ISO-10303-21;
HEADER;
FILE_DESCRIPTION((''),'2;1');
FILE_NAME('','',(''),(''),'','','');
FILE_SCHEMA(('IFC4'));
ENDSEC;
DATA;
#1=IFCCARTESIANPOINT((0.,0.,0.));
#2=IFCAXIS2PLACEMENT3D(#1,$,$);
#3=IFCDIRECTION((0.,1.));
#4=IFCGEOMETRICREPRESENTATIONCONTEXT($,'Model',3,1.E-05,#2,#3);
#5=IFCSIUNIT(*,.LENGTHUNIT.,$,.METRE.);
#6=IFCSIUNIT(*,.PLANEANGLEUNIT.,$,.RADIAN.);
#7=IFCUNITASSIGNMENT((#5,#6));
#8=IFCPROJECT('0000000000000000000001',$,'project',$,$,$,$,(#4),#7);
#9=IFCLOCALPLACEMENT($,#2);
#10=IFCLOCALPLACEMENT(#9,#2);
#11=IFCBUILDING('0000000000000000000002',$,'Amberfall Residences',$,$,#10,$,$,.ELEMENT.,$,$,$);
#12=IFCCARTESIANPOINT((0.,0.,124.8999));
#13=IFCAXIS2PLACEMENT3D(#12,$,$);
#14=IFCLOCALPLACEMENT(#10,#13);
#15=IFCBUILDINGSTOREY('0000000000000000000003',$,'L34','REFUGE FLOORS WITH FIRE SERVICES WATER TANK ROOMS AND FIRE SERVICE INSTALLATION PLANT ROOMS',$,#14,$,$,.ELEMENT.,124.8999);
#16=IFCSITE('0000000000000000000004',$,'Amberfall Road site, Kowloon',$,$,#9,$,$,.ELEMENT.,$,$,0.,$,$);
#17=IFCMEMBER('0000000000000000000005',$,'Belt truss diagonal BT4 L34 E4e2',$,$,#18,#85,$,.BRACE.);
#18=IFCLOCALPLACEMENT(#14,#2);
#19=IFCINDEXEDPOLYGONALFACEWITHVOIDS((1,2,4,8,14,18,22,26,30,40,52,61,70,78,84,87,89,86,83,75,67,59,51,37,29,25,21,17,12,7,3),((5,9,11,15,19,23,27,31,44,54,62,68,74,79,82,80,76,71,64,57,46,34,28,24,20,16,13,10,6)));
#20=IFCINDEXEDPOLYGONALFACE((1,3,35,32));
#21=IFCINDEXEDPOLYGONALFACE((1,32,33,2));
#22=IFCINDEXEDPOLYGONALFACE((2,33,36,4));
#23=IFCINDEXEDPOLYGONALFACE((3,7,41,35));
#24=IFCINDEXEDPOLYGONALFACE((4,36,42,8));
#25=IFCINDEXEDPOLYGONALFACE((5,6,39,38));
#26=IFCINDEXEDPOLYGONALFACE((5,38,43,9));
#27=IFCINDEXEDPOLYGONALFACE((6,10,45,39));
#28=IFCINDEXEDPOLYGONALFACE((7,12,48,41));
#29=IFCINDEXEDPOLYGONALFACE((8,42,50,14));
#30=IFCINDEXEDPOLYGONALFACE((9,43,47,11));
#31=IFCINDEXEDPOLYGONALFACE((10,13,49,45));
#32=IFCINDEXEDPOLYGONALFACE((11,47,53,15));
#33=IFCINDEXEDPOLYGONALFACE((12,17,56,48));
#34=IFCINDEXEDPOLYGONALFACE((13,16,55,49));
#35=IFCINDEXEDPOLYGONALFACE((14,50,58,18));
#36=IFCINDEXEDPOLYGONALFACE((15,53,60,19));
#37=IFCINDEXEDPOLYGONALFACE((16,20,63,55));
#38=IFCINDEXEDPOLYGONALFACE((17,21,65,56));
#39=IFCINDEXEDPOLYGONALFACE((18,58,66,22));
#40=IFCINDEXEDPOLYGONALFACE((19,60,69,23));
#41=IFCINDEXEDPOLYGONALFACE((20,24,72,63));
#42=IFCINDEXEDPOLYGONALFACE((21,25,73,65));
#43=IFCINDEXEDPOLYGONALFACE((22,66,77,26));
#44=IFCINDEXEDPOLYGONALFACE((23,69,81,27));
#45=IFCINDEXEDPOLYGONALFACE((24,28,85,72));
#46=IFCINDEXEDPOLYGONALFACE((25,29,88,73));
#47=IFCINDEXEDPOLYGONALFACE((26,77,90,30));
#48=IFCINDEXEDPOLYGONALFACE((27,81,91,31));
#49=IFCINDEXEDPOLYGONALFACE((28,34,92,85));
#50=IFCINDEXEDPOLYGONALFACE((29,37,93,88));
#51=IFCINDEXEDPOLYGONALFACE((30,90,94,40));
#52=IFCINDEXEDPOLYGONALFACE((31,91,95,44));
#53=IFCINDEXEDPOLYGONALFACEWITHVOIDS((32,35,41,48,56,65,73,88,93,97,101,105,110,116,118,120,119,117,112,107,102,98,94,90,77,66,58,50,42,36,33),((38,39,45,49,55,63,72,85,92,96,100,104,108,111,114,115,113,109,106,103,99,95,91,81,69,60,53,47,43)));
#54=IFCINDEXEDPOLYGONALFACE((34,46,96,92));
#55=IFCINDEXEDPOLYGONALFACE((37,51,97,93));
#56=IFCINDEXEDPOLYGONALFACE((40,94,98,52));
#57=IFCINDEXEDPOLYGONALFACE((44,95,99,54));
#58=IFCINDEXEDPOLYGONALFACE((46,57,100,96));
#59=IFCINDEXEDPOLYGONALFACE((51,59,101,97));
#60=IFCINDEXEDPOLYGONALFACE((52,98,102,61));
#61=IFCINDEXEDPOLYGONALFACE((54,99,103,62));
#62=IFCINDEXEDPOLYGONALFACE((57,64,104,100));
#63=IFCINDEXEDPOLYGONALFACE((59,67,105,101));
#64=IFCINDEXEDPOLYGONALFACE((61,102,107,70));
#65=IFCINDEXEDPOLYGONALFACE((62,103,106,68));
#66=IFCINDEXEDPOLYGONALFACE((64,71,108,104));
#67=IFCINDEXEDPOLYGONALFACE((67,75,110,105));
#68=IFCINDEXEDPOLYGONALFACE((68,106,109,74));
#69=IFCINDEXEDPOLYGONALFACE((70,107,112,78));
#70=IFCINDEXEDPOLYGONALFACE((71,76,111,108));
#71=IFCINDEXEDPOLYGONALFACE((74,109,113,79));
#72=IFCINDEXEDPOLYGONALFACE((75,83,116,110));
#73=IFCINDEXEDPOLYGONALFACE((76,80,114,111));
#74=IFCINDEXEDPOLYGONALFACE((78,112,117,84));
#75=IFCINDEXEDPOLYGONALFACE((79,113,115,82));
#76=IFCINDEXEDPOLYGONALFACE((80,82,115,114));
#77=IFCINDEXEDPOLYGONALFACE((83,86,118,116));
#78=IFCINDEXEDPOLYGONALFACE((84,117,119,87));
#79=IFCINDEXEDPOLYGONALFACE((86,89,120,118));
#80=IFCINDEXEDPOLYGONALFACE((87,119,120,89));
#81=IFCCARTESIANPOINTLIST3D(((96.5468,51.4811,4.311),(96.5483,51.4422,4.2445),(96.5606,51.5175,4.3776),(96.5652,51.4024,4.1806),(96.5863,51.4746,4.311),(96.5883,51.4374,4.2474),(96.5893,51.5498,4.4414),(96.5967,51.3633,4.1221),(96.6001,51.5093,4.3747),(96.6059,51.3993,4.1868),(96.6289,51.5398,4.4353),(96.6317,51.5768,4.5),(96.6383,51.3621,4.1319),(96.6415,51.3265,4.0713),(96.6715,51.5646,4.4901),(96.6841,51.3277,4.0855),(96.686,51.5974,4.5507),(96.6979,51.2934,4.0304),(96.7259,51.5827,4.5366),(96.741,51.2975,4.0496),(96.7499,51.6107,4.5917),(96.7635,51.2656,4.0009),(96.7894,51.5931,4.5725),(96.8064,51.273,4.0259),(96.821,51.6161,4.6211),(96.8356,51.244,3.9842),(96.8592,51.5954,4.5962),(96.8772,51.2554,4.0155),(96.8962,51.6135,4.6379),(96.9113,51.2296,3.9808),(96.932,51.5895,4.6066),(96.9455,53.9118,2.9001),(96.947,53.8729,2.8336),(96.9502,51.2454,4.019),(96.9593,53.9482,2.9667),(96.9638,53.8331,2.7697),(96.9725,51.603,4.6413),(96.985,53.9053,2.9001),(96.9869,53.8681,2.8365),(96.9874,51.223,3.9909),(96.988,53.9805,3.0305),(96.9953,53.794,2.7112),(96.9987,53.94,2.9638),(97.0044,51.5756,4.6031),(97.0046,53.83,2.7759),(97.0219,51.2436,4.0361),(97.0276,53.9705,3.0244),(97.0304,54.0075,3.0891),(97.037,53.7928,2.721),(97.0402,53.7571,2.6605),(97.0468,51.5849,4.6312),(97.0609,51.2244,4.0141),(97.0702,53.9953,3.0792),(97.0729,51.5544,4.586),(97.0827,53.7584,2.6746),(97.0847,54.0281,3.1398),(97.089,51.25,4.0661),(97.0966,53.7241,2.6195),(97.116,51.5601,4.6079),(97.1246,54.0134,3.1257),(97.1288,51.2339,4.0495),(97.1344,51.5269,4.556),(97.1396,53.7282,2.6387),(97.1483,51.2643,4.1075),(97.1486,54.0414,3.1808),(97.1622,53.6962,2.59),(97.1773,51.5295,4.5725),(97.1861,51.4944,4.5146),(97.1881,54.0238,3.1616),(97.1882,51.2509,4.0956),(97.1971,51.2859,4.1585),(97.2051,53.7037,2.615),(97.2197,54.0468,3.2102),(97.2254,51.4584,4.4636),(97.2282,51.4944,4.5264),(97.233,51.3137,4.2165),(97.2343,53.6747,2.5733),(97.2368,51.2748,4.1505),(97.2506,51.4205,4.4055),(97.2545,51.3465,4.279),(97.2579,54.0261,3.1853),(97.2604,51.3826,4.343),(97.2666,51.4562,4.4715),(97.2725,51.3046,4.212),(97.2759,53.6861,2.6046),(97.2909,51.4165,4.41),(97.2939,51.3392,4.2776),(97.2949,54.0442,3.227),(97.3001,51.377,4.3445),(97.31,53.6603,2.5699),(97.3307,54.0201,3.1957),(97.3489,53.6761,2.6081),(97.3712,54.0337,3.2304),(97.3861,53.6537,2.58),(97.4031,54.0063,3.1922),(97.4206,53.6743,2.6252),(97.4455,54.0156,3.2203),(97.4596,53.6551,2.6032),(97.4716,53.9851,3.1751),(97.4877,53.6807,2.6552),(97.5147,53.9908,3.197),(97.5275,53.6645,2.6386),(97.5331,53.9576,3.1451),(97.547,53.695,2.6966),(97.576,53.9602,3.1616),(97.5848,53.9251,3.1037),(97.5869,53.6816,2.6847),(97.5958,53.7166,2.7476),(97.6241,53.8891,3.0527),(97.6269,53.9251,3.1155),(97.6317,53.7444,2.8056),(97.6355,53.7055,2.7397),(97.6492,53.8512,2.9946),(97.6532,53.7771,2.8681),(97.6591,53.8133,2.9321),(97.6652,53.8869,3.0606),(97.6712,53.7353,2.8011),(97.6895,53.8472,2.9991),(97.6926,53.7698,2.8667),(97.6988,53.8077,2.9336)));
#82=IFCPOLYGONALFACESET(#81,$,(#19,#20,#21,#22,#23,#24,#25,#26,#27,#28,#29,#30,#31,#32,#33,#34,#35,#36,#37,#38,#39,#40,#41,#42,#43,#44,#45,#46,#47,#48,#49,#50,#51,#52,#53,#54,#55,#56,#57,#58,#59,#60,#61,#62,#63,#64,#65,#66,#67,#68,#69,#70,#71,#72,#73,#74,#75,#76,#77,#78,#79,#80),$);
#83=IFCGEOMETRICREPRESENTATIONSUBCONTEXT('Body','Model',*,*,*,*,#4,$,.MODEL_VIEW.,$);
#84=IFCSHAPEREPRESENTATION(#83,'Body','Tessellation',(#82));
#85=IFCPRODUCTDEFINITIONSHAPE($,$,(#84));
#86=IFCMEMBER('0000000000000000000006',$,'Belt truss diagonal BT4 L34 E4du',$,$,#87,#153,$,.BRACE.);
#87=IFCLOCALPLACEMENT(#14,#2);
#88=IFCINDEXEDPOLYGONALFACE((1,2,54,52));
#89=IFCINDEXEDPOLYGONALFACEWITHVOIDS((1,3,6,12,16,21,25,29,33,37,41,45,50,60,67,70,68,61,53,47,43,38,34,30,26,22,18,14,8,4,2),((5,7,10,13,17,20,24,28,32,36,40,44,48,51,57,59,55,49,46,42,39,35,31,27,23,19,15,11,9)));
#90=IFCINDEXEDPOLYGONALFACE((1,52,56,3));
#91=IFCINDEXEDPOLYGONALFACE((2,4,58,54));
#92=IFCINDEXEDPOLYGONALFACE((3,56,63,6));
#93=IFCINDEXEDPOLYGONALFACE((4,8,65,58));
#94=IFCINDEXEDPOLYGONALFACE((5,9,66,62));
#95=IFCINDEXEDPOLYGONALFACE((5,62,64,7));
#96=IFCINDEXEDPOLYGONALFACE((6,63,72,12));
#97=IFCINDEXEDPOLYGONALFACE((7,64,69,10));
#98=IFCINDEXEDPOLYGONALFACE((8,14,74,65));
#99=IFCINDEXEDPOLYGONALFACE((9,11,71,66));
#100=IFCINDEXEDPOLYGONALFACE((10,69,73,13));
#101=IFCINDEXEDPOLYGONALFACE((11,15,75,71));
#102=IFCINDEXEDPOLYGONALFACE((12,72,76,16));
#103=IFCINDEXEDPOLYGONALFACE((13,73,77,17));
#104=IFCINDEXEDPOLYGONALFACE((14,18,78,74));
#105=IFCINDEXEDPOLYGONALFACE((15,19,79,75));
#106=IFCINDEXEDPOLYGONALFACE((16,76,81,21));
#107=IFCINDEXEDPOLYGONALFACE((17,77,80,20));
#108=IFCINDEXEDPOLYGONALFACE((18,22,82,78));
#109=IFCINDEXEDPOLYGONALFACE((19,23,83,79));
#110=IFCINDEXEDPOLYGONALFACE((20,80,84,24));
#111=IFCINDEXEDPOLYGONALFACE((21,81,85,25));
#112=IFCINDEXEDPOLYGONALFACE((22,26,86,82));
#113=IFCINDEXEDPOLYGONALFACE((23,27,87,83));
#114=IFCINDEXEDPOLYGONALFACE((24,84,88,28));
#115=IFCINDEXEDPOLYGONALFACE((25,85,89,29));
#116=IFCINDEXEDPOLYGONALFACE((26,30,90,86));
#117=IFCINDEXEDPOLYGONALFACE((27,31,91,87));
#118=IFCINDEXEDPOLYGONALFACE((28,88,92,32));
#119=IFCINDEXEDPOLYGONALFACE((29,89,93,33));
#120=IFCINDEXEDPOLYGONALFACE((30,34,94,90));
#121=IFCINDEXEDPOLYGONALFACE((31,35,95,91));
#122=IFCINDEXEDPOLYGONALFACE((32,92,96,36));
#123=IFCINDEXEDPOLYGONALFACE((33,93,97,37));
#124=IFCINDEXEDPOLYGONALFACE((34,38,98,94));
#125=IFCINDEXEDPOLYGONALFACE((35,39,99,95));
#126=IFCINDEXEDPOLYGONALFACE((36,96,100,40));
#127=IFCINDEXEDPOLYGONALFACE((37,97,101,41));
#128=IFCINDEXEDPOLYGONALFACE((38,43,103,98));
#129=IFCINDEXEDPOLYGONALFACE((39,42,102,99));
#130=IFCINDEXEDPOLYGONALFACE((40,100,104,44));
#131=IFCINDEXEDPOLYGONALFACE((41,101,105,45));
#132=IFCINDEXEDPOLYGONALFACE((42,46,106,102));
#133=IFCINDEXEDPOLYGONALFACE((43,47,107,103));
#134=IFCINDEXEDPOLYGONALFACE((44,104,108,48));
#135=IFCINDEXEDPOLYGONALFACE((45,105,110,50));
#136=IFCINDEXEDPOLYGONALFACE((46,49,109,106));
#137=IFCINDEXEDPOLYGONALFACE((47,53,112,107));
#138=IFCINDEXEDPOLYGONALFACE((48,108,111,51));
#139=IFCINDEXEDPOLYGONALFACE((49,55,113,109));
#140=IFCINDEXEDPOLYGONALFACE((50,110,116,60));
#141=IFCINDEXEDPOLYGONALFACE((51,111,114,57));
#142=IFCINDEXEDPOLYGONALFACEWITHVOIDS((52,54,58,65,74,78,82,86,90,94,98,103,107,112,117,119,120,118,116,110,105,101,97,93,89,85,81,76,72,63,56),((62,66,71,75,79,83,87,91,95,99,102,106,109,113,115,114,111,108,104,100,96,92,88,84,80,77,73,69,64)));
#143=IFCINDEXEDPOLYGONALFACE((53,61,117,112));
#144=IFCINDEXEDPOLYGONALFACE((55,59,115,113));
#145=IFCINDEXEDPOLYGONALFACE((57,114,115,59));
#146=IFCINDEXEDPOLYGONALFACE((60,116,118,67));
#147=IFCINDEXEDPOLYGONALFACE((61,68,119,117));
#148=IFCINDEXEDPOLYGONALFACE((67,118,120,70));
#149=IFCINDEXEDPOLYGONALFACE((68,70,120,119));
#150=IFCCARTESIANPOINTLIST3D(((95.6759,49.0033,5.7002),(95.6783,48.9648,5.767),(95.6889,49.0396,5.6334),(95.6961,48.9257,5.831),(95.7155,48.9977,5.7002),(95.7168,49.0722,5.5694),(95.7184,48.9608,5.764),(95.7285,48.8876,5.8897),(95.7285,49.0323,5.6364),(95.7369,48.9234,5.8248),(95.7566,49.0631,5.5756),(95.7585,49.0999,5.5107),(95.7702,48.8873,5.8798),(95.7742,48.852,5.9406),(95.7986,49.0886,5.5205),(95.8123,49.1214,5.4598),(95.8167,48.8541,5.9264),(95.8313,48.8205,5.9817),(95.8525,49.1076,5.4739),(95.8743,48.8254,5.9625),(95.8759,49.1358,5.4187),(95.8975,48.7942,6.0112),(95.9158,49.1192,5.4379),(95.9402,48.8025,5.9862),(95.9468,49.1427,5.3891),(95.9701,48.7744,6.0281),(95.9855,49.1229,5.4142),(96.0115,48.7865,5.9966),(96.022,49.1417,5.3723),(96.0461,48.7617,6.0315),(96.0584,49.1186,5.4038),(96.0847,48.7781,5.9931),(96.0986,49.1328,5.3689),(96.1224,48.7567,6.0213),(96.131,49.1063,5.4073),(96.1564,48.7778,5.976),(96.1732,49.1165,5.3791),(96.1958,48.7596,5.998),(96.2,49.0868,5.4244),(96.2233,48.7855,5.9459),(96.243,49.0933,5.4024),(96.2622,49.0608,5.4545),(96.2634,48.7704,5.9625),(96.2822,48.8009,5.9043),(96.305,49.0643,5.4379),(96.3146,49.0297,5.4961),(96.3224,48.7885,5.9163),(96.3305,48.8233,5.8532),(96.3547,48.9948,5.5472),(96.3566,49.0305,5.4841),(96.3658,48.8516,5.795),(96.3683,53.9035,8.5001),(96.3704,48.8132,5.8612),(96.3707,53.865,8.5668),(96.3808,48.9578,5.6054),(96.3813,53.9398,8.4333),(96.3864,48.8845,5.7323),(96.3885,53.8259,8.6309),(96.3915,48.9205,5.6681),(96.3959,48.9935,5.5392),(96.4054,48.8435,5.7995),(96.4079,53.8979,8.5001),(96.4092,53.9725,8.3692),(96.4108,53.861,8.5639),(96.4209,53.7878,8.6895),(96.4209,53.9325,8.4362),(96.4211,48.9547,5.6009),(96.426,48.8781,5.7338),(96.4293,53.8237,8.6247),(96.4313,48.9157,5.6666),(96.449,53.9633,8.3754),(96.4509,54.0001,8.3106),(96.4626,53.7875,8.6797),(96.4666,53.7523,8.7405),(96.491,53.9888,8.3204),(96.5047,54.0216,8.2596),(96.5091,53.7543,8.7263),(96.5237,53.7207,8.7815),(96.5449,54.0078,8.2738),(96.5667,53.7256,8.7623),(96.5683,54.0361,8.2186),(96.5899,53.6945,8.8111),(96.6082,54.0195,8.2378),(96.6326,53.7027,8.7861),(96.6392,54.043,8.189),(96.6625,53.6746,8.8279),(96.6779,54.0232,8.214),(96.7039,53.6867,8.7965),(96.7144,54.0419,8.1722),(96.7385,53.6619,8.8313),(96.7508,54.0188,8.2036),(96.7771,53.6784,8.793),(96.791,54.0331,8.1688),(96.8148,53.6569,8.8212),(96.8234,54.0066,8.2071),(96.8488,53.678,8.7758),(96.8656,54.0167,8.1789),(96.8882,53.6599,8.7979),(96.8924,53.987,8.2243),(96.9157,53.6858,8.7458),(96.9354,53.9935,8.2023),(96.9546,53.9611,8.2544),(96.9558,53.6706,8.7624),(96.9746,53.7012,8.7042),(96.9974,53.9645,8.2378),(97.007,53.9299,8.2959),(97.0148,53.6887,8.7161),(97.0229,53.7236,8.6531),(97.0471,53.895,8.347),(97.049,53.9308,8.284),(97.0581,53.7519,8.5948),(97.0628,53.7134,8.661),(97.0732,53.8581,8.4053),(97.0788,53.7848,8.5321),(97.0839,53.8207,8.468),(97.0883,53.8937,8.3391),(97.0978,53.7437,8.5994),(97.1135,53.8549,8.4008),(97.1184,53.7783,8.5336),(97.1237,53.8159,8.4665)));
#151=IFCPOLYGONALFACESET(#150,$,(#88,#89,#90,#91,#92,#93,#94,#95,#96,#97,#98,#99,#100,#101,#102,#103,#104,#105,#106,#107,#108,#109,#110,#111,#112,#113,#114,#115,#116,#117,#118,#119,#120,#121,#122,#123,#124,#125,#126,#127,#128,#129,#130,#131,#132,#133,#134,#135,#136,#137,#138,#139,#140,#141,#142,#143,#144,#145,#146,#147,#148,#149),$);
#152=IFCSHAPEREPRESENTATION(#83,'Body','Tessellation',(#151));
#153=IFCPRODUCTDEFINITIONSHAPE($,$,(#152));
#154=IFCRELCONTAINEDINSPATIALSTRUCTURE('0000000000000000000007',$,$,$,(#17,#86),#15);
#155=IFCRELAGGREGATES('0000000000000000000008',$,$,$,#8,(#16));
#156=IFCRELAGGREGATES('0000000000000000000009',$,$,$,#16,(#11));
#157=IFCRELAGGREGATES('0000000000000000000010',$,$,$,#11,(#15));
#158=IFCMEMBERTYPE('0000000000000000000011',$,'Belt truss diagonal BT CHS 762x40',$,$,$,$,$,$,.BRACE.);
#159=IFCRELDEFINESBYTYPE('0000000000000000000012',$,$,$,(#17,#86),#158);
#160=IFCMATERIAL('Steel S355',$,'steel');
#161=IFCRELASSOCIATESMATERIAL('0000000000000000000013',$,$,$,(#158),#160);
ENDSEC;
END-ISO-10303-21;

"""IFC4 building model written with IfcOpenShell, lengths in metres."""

from ifc_helpers import new_model, si_unit, direction, frame, origin, origin_2d, place, context, subcontext, project, spatial, hollow_circle, extrude, material, material_profile, profile_set, type_object, element, save


model = new_model("IFC4")

# Units and contexts
model_context = context("Model", 3, precision=1e-05, world=origin(), true_north=direction((0.0, 1.0)))
body_context = subcontext(model_context, "Body", "Model", "MODEL_VIEW")
ifc_project = project(units=[si_unit("LENGTHUNIT", "METRE"), si_unit("PLANEANGLEUNIT", "RADIAN")], contexts=[model_context])

# Site, building, storey
site_placement = place(None, origin())
site = spatial("IfcSite", under=ifc_project, at=site_placement, Name="Amberfall Road site, Kowloon", CompositionType="ELEMENT", RefElevation=0.0)
building_placement = place(site_placement, origin())
building = spatial("IfcBuilding", under=site, at=building_placement, Name="Amberfall Residences", CompositionType="ELEMENT")
storey_placement = place(building_placement, frame((0.0, 0.0, 124.8999)))
storey = spatial("IfcBuildingStorey", under=building, at=storey_placement, Name="L34", Description="REFUGE FLOORS WITH FIRE SERVICES WATER TANK ROOMS AND FIRE SERVICE INSTALLATION PLANT ROOMS", CompositionType="ELEMENT", Elevation=124.8999)

# Shared definitions
ifc_material_1 = material(Name="Steel S355", Category="steel")

# Members
ifc_material_profile_1 = material_profile(ifc_material_1, hollow_circle(Radius=0.3811, WallThickness=0.04, at=origin_2d()), Name="CHS 762x40")
ifc_profile_set_1 = profile_set([ifc_material_profile_1], Name="Steel S355")
member_type = type_object("IfcMemberType", Name="Belt truss diagonal BT CHS 762x40", PredefinedType="BRACE", material=ifc_profile_set_1)
member_1_placement = place(storey_placement, frame((96.9229, 51.4194, 4.311), z_axis=(0.14045, 0.856288, -0.497036), x_axis=(-0.986814, 0.161859, 0.0)))
element("IfcMember", 1, at=member_1_placement, inside=storey, type_object=member_type, Name="Belt truss diagonal BT4 L34 E4e2", PredefinedType="BRACE", context=body_context, shape_type="SweptSolid", body=[
    extrude(hollow_circle(Radius=0.3811, WallThickness=0.04, at=origin_2d()), origin(), (0.0, 0.0, 1.0), 2.8386),
])
member_2_placement = place(storey_placement, frame((96.0532, 48.95, 5.7002), z_axis=(0.121771, 0.861803, 0.49241), x_axis=(-0.990164, 0.139909, 0.0)))
element("IfcMember", 2, at=member_2_placement, inside=storey, type_object=member_type, Name="Belt truss diagonal BT4 L34 E4du", PredefinedType="BRACE", context=body_context, shape_type="SweptSolid", body=[
    extrude(hollow_circle(Radius=0.3811, WallThickness=0.04, at=origin_2d()), origin(), (0.0, 0.0, 1.0), 5.686),
])

save(model, "model.ifc")
